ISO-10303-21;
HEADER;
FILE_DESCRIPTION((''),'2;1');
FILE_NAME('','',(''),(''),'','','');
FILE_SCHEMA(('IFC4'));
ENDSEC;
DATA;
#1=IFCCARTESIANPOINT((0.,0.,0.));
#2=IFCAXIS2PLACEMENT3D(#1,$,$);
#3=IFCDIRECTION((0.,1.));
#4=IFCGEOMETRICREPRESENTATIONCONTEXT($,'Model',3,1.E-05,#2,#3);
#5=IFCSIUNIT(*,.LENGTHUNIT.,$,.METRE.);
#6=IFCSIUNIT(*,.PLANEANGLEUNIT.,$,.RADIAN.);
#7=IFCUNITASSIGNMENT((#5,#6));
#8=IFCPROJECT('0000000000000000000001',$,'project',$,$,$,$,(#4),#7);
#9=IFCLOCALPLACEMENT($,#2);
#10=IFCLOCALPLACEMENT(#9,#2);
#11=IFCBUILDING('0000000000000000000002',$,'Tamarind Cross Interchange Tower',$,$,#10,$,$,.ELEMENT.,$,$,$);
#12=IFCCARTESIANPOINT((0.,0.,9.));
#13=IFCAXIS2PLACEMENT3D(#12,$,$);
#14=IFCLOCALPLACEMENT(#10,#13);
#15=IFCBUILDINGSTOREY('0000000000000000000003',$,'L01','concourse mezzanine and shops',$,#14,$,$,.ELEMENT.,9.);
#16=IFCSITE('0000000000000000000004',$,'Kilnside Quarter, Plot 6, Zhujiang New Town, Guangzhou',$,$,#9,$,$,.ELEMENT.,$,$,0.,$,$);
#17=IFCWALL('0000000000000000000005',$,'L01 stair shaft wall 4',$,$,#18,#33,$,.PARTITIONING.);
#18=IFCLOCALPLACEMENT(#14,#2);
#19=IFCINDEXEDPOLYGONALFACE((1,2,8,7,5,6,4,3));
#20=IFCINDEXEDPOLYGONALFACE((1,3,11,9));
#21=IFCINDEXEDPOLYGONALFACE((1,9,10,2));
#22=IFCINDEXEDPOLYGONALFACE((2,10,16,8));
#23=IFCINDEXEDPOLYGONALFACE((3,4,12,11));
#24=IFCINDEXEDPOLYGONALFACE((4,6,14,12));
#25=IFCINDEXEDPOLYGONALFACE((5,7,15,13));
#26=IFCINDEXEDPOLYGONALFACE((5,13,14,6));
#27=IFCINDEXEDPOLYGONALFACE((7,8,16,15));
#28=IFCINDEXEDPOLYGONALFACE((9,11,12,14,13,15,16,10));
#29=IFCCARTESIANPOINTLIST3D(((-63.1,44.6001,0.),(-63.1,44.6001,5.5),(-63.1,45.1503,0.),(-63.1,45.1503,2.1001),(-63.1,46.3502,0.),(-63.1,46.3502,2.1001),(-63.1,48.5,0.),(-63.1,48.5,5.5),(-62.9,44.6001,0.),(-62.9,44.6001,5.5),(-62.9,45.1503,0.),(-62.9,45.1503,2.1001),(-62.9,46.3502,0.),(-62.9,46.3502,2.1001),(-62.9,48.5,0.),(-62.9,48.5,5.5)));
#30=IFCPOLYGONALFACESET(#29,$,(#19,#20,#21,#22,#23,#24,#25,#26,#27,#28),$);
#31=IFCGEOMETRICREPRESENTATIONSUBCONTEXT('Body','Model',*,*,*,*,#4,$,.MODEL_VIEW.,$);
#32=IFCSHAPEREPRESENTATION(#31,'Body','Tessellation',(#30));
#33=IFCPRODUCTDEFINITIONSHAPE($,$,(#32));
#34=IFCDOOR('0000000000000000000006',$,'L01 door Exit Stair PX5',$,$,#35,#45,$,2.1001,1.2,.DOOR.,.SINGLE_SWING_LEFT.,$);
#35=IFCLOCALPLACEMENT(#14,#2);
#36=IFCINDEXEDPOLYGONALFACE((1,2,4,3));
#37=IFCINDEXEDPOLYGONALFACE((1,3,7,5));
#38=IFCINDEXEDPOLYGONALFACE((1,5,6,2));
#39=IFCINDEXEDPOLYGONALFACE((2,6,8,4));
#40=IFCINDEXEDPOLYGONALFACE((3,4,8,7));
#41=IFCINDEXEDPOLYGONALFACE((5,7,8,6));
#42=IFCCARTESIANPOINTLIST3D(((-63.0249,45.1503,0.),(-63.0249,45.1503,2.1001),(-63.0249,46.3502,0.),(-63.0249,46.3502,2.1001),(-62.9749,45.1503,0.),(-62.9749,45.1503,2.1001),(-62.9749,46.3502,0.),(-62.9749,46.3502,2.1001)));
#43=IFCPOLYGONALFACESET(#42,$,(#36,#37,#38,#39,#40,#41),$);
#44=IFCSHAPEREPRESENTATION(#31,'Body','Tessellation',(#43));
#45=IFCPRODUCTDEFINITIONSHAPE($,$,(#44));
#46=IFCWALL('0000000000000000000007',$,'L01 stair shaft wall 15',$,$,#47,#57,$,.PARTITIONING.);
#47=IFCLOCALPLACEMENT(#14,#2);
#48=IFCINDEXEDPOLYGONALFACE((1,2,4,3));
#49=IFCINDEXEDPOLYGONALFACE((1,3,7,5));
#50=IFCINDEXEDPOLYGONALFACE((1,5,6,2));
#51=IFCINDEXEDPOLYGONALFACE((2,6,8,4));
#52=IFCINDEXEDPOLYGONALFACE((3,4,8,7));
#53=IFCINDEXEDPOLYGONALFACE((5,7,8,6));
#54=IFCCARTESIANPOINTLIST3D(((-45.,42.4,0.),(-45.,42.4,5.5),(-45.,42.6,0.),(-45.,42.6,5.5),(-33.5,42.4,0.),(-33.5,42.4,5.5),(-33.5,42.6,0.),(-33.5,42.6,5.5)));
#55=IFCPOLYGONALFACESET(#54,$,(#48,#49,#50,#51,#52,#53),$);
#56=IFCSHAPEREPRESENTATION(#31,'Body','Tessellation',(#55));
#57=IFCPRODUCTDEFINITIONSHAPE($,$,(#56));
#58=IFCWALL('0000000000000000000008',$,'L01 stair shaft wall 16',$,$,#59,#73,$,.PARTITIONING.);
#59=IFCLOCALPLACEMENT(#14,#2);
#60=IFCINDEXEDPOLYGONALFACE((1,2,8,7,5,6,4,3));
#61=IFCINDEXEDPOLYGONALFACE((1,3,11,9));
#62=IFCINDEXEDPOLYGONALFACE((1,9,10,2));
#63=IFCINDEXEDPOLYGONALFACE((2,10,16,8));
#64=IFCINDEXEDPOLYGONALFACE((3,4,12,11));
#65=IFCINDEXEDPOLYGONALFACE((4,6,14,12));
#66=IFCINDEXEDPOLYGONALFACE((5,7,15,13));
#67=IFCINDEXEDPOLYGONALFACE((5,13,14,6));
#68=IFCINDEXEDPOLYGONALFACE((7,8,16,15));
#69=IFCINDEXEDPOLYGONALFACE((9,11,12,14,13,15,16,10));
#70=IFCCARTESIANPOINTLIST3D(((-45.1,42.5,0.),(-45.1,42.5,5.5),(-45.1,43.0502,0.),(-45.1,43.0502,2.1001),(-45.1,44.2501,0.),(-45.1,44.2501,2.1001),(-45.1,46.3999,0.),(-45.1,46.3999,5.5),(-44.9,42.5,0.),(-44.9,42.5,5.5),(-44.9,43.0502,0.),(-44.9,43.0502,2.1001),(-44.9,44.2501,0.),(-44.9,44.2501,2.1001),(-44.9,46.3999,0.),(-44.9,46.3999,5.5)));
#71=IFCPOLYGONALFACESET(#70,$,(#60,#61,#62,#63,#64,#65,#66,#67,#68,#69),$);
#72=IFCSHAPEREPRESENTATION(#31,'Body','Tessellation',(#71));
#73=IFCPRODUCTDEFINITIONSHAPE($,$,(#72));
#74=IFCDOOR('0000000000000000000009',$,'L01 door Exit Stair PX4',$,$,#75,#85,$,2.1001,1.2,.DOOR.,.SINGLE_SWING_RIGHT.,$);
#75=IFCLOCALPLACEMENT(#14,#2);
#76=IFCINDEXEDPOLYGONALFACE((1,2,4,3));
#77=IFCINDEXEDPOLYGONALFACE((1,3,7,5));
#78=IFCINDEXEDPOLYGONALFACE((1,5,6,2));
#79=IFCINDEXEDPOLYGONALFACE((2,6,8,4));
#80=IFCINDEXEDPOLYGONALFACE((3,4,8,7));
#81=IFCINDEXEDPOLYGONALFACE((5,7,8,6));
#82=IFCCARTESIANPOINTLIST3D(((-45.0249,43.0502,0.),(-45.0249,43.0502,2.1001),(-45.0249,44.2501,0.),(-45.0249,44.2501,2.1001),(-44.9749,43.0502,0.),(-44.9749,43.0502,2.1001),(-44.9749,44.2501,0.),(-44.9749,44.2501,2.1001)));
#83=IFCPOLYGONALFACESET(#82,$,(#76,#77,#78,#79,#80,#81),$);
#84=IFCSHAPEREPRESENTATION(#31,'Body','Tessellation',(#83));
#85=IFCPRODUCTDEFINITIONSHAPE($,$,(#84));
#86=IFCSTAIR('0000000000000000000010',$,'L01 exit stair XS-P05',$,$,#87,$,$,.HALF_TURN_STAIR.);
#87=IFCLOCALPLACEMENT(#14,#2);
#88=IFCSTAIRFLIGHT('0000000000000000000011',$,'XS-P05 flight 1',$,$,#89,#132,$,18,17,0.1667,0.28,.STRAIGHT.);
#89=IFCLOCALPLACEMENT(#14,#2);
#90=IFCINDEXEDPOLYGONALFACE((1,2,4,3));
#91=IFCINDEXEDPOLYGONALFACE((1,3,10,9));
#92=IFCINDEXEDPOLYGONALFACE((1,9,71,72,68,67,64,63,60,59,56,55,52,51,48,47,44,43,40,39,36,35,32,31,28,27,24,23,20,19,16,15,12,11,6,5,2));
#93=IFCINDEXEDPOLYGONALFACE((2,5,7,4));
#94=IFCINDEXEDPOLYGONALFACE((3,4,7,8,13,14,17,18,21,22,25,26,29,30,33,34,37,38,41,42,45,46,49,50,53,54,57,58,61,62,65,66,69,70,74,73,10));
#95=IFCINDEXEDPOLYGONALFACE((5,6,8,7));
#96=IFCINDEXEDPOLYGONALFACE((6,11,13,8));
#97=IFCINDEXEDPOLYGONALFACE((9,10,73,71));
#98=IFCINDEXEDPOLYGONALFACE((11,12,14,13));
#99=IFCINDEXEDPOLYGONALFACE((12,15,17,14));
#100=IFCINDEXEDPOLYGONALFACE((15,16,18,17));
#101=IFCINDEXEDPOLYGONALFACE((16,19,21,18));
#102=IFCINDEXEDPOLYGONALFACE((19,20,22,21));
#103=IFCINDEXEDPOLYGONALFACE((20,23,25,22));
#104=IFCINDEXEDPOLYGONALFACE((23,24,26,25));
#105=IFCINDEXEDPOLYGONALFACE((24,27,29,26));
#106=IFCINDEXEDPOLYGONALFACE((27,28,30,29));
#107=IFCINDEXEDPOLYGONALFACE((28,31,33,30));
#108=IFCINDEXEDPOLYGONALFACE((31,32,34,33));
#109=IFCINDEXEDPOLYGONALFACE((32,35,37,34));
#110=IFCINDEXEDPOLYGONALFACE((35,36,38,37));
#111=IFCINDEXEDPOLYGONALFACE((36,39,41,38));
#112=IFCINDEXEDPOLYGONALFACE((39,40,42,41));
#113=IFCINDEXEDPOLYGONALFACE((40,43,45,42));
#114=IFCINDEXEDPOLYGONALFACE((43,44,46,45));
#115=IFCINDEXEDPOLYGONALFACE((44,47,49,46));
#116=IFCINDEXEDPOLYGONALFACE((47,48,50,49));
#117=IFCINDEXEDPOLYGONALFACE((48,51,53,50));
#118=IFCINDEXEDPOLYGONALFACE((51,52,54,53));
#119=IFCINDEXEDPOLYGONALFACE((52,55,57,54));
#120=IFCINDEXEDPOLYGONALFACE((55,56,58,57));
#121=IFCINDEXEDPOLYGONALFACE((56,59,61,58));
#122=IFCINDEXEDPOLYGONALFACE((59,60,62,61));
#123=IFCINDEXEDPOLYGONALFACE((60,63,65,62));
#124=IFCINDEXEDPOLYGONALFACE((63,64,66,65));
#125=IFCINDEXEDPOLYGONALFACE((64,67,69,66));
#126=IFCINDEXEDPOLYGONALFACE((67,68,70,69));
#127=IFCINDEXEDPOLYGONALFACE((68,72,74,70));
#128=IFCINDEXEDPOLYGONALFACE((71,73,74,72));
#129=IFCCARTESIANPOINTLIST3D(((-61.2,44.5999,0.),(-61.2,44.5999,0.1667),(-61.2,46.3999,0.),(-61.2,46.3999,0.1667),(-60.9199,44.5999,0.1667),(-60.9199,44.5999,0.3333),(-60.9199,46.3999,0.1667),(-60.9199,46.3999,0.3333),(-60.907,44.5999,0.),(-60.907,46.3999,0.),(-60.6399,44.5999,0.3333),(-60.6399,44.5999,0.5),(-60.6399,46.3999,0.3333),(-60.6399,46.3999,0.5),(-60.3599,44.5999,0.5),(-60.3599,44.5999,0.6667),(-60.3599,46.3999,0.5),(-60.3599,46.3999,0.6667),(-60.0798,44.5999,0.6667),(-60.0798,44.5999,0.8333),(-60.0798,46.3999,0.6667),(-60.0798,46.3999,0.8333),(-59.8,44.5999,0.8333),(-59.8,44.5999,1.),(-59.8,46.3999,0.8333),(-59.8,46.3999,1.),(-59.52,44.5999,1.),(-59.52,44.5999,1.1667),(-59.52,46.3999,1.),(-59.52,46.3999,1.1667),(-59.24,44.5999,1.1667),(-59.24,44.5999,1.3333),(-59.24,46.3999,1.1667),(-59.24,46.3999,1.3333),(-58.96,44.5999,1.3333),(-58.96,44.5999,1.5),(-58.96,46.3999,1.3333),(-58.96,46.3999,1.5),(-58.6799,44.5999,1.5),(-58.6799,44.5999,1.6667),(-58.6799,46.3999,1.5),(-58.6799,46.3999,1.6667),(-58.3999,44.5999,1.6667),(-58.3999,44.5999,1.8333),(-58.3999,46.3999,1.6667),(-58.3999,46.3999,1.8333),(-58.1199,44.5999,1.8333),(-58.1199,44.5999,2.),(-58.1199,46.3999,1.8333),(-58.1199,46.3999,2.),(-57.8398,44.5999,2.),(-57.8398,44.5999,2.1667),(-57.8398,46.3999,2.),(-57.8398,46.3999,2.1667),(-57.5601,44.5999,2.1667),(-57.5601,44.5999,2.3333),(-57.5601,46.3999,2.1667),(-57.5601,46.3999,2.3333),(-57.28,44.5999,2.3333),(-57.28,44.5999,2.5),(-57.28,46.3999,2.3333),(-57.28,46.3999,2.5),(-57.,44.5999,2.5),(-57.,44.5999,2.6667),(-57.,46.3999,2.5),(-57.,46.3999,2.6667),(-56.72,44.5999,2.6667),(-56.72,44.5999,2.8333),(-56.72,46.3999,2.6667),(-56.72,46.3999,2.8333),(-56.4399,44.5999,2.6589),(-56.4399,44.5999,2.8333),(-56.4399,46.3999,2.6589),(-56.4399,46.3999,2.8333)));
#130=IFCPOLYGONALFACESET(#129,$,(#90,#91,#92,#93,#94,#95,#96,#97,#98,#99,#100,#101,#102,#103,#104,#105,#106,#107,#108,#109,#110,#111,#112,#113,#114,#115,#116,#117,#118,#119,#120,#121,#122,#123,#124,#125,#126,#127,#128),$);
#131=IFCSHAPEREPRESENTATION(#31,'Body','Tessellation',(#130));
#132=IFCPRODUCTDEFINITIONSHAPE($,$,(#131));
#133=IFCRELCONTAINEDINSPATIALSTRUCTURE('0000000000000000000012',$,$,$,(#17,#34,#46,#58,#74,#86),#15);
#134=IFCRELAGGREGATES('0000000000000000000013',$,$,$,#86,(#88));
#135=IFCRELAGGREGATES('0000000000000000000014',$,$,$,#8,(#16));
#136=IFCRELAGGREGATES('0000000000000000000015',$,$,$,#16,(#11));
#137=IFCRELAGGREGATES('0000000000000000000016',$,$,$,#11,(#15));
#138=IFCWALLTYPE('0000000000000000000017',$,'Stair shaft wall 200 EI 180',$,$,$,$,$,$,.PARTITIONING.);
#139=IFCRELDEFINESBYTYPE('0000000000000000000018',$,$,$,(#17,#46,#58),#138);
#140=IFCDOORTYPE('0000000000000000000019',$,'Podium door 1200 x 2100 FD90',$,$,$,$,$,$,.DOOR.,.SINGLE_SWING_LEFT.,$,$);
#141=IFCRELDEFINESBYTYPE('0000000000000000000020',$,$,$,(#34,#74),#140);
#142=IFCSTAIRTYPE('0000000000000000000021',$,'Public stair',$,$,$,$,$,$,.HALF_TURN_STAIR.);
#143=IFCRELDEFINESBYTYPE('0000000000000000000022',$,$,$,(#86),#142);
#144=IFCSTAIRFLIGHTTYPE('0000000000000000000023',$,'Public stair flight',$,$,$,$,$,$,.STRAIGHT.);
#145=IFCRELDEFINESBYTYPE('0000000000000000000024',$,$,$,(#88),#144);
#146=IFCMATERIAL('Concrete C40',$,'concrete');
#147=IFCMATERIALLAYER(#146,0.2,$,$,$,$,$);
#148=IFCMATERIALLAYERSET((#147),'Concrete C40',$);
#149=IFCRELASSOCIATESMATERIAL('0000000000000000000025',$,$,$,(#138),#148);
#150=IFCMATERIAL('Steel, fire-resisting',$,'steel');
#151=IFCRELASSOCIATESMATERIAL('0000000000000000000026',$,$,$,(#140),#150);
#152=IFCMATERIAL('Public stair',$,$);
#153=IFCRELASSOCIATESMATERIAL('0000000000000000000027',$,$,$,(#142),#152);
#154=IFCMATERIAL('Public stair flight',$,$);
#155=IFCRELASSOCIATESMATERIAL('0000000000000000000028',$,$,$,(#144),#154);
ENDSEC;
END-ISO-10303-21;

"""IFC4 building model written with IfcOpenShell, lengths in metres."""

from ifc_helpers import new_model, si_unit, direction, frame, frame_2d, origin, place, context, subcontext, project, spatial, polyline, rectangle, outline, extrude, material, layer, layer_set, type_object, element, fill, aggregate, save


model = new_model("IFC4")

# Units and contexts
model_context = context("Model", 3, precision=1e-05, world=origin(), true_north=direction((0.0, 1.0)))
body_context = subcontext(model_context, "Body", "Model", "MODEL_VIEW")
ifc_project = project(units=[si_unit("LENGTHUNIT", "METRE"), si_unit("PLANEANGLEUNIT", "RADIAN")], contexts=[model_context])

# Site, building, storey
site_placement = place(None, origin())
site = spatial("IfcSite", under=ifc_project, at=site_placement, Name="Kilnside Quarter, Plot 6, Zhujiang New Town, Guangzhou", CompositionType="ELEMENT", RefElevation=0.0)
building_placement = place(site_placement, origin())
building = spatial("IfcBuilding", under=site, at=building_placement, Name="Tamarind Cross Interchange Tower", CompositionType="ELEMENT")
storey_placement = place(building_placement, frame((0.0, 0.0, 9.0)))
storey = spatial("IfcBuildingStorey", under=building, at=storey_placement, Name="L01", Description="concourse mezzanine and shops", CompositionType="ELEMENT", Elevation=9.0)

# Shared definitions
ifc_material_1 = material(Name="Steel, fire-resisting", Category="steel")

# Shared definitions
ifc_material_2 = material(Name="Concrete C40", Category="concrete")
ifc_layer_1 = layer(ifc_material_2, 0.2)
ifc_layer_set_1 = layer_set([ifc_layer_1], Name="Concrete C40")
wall_type_1 = type_object("IfcWallType", Name="Stair shaft wall 200 EI 180", PredefinedType="PARTITIONING", material=ifc_layer_set_1)

# Wall, opening, door
wall_1_placement = place(storey_placement, frame((-63.0, 44.6001, 0.0), z_axis=(0.0, 0.0, 1.0), x_axis=(0.0, 1.0, 0.0)))
wall_1 = element("IfcWall", 1, at=wall_1_placement, inside=storey, type_object=wall_type_1, Name="L01 stair shaft wall 4", PredefinedType="PARTITIONING", context=body_context, shape_type="SweptSolid", body=[
    extrude(rectangle(XDim=3.8999, YDim=0.2, at=frame_2d((1.95, 0.0))), origin(), (0.0, 0.0, 1.0), 5.5),
])
opening_1_placement = place(wall_1_placement, frame((0.55, 0.0, 0.0)))
opening_1 = element("IfcOpeningElement", 2, at=opening_1_placement, cuts=wall_1, PredefinedType="OPENING", context=body_context, shape_type="SweptSolid", body=[
    extrude(rectangle(XDim=1.2, YDim=2.1001, at=frame_2d((0.6001, 1.05))), frame((0.0, 0.1099, 0.0), z_axis=(0.0, -1.0, 0.0), x_axis=(1.0, 0.0, 0.0)), (0.0, 0.0, 1.0), 0.22),
])
door_type_1 = type_object("IfcDoorType", Name="Podium door 1200 x 2100 FD90", OperationType="SINGLE_SWING_LEFT", PredefinedType="DOOR", material=ifc_material_1)
door_1_placement = place(opening_1_placement, origin())
door_1 = element("IfcDoor", 3, at=door_1_placement, inside=storey, type_object=door_type_1, Name="L01 door Exit Stair PX5", OperationType="SINGLE_SWING_LEFT", OverallHeight=2.1001, OverallWidth=1.2, PredefinedType="DOOR", context=body_context, shape_type="SweptSolid", body=[
    extrude(rectangle(XDim=1.2, YDim=2.1001, at=frame_2d((0.6001, 1.05))), frame((0.0, 0.0249, 0.0), z_axis=(0.0, -1.0, 0.0), x_axis=(1.0, 0.0, 0.0)), (0.0, 0.0, 1.0), 0.05),
])
fill(opening_1, door_1)

# Wall
wall_2_placement = place(storey_placement, frame((-45.0, 42.5, 0.0), z_axis=(0.0, 0.0, 1.0), x_axis=(1.0, 0.0, 0.0)))
element("IfcWall", 4, at=wall_2_placement, inside=storey, type_object=wall_type_1, Name="L01 stair shaft wall 15", PredefinedType="PARTITIONING", context=body_context, shape_type="SweptSolid", body=[
    extrude(rectangle(XDim=11.5, YDim=0.2, at=frame_2d((5.75, 0.0))), origin(), (0.0, 0.0, 1.0), 5.5),
])

# Wall, opening, door
wall_3_placement = place(storey_placement, frame((-45.0, 42.5, 0.0), z_axis=(0.0, 0.0, 1.0), x_axis=(0.0, 1.0, 0.0)))
wall_3 = element("IfcWall", 5, at=wall_3_placement, inside=storey, type_object=wall_type_1, Name="L01 stair shaft wall 16", PredefinedType="PARTITIONING", context=body_context, shape_type="SweptSolid", body=[
    extrude(rectangle(XDim=3.8999, YDim=0.2, at=frame_2d((1.95, 0.0))), origin(), (0.0, 0.0, 1.0), 5.5),
])
opening_2_placement = place(wall_3_placement, frame((0.55, 0.0, 0.0)))
opening_2 = element("IfcOpeningElement", 6, at=opening_2_placement, cuts=wall_3, PredefinedType="OPENING", context=body_context, shape_type="SweptSolid", body=[
    extrude(rectangle(XDim=1.2, YDim=2.1001, at=frame_2d((0.6001, 1.05))), frame((0.0, 0.1099, 0.0), z_axis=(0.0, -1.0, 0.0), x_axis=(1.0, 0.0, 0.0)), (0.0, 0.0, 1.0), 0.22),
])
door_2_placement = place(opening_2_placement, origin())
door_2 = element("IfcDoor", 7, at=door_2_placement, inside=storey, type_object=door_type_1, Name="L01 door Exit Stair PX4", OperationType="SINGLE_SWING_RIGHT", OverallHeight=2.1001, OverallWidth=1.2, PredefinedType="DOOR", context=body_context, shape_type="SweptSolid", body=[
    extrude(rectangle(XDim=1.2, YDim=2.1001, at=frame_2d((0.6001, 1.05))), frame((0.0, 0.0249, 0.0), z_axis=(0.0, -1.0, 0.0), x_axis=(1.0, 0.0, 0.0)), (0.0, 0.0, 1.0), 0.05),
])
fill(opening_2, door_2)

# Stair, stair flight
ifc_material_3 = material(Name="Public stair")
stair_type = type_object("IfcStairType", Name="Public stair", PredefinedType="HALF_TURN_STAIR", material=ifc_material_3)
stair_placement = place(storey_placement, origin())
stair = element("IfcStair", 8, at=stair_placement, inside=storey, type_object=stair_type, Name="L01 exit stair XS-P05", PredefinedType="HALF_TURN_STAIR")
ifc_material_4 = material(Name="Public stair flight")
stair_flight_type = type_object("IfcStairFlightType", Name="Public stair flight", PredefinedType="STRAIGHT", material=ifc_material_4)
stair_flight_placement = place(storey_placement, frame((-61.2, 45.5, 0.0), z_axis=(0.0, 0.0, 1.0), x_axis=(1.0, 0.0, 0.0)))
stair_flight = element("IfcStairFlight", 9, at=stair_flight_placement, type_object=stair_flight_type, Name="XS-P05 flight 1", NumberOfRisers=18, NumberOfTreads=17, PredefinedType="STRAIGHT", RiserHeight=0.1667, TreadLength=0.28, context=body_context, shape_type="SweptSolid", body=[
    extrude(outline(polyline([(0.0, 0.0), (0.0, 0.1667), (0.28, 0.1667), (0.28, 0.3333), (0.5601, 0.3333), (0.5601, 0.5), (0.8401, 0.5), (0.8401, 0.6667), (1.1201, 0.6667), (1.1201, 0.8333), (1.3999, 0.8333), (1.3999, 1.0), (1.6799, 1.0), (1.6799, 1.1667), (1.96, 1.1667), (1.96, 1.3333), (2.24, 1.3333), (2.24, 1.5), (2.52, 1.5), (2.52, 1.6667), (2.8, 1.6667), (2.8, 1.8333), (3.0801, 1.8333), (3.0801, 2.0), (3.3601, 2.0), (3.3601, 2.1667), (3.6399, 2.1667), (3.6399, 2.3333), (3.9199, 2.3333), (3.9199, 2.5), (4.2, 2.5), (4.2, 2.6667), (4.48, 2.6667), (4.48, 2.8333), (4.76, 2.8333), (4.76, 3.0), (4.76, 2.6589), (0.293, 0.0), (0.0, 0.0)])), frame((0.0, 0.8999, 0.0), z_axis=(0.0, -1.0, 0.0), x_axis=(1.0, 0.0, 0.0)), (0.0, 0.0, 1.0), 1.8),
])
aggregate(stair, [stair_flight])

save(model, "model.ifc")
